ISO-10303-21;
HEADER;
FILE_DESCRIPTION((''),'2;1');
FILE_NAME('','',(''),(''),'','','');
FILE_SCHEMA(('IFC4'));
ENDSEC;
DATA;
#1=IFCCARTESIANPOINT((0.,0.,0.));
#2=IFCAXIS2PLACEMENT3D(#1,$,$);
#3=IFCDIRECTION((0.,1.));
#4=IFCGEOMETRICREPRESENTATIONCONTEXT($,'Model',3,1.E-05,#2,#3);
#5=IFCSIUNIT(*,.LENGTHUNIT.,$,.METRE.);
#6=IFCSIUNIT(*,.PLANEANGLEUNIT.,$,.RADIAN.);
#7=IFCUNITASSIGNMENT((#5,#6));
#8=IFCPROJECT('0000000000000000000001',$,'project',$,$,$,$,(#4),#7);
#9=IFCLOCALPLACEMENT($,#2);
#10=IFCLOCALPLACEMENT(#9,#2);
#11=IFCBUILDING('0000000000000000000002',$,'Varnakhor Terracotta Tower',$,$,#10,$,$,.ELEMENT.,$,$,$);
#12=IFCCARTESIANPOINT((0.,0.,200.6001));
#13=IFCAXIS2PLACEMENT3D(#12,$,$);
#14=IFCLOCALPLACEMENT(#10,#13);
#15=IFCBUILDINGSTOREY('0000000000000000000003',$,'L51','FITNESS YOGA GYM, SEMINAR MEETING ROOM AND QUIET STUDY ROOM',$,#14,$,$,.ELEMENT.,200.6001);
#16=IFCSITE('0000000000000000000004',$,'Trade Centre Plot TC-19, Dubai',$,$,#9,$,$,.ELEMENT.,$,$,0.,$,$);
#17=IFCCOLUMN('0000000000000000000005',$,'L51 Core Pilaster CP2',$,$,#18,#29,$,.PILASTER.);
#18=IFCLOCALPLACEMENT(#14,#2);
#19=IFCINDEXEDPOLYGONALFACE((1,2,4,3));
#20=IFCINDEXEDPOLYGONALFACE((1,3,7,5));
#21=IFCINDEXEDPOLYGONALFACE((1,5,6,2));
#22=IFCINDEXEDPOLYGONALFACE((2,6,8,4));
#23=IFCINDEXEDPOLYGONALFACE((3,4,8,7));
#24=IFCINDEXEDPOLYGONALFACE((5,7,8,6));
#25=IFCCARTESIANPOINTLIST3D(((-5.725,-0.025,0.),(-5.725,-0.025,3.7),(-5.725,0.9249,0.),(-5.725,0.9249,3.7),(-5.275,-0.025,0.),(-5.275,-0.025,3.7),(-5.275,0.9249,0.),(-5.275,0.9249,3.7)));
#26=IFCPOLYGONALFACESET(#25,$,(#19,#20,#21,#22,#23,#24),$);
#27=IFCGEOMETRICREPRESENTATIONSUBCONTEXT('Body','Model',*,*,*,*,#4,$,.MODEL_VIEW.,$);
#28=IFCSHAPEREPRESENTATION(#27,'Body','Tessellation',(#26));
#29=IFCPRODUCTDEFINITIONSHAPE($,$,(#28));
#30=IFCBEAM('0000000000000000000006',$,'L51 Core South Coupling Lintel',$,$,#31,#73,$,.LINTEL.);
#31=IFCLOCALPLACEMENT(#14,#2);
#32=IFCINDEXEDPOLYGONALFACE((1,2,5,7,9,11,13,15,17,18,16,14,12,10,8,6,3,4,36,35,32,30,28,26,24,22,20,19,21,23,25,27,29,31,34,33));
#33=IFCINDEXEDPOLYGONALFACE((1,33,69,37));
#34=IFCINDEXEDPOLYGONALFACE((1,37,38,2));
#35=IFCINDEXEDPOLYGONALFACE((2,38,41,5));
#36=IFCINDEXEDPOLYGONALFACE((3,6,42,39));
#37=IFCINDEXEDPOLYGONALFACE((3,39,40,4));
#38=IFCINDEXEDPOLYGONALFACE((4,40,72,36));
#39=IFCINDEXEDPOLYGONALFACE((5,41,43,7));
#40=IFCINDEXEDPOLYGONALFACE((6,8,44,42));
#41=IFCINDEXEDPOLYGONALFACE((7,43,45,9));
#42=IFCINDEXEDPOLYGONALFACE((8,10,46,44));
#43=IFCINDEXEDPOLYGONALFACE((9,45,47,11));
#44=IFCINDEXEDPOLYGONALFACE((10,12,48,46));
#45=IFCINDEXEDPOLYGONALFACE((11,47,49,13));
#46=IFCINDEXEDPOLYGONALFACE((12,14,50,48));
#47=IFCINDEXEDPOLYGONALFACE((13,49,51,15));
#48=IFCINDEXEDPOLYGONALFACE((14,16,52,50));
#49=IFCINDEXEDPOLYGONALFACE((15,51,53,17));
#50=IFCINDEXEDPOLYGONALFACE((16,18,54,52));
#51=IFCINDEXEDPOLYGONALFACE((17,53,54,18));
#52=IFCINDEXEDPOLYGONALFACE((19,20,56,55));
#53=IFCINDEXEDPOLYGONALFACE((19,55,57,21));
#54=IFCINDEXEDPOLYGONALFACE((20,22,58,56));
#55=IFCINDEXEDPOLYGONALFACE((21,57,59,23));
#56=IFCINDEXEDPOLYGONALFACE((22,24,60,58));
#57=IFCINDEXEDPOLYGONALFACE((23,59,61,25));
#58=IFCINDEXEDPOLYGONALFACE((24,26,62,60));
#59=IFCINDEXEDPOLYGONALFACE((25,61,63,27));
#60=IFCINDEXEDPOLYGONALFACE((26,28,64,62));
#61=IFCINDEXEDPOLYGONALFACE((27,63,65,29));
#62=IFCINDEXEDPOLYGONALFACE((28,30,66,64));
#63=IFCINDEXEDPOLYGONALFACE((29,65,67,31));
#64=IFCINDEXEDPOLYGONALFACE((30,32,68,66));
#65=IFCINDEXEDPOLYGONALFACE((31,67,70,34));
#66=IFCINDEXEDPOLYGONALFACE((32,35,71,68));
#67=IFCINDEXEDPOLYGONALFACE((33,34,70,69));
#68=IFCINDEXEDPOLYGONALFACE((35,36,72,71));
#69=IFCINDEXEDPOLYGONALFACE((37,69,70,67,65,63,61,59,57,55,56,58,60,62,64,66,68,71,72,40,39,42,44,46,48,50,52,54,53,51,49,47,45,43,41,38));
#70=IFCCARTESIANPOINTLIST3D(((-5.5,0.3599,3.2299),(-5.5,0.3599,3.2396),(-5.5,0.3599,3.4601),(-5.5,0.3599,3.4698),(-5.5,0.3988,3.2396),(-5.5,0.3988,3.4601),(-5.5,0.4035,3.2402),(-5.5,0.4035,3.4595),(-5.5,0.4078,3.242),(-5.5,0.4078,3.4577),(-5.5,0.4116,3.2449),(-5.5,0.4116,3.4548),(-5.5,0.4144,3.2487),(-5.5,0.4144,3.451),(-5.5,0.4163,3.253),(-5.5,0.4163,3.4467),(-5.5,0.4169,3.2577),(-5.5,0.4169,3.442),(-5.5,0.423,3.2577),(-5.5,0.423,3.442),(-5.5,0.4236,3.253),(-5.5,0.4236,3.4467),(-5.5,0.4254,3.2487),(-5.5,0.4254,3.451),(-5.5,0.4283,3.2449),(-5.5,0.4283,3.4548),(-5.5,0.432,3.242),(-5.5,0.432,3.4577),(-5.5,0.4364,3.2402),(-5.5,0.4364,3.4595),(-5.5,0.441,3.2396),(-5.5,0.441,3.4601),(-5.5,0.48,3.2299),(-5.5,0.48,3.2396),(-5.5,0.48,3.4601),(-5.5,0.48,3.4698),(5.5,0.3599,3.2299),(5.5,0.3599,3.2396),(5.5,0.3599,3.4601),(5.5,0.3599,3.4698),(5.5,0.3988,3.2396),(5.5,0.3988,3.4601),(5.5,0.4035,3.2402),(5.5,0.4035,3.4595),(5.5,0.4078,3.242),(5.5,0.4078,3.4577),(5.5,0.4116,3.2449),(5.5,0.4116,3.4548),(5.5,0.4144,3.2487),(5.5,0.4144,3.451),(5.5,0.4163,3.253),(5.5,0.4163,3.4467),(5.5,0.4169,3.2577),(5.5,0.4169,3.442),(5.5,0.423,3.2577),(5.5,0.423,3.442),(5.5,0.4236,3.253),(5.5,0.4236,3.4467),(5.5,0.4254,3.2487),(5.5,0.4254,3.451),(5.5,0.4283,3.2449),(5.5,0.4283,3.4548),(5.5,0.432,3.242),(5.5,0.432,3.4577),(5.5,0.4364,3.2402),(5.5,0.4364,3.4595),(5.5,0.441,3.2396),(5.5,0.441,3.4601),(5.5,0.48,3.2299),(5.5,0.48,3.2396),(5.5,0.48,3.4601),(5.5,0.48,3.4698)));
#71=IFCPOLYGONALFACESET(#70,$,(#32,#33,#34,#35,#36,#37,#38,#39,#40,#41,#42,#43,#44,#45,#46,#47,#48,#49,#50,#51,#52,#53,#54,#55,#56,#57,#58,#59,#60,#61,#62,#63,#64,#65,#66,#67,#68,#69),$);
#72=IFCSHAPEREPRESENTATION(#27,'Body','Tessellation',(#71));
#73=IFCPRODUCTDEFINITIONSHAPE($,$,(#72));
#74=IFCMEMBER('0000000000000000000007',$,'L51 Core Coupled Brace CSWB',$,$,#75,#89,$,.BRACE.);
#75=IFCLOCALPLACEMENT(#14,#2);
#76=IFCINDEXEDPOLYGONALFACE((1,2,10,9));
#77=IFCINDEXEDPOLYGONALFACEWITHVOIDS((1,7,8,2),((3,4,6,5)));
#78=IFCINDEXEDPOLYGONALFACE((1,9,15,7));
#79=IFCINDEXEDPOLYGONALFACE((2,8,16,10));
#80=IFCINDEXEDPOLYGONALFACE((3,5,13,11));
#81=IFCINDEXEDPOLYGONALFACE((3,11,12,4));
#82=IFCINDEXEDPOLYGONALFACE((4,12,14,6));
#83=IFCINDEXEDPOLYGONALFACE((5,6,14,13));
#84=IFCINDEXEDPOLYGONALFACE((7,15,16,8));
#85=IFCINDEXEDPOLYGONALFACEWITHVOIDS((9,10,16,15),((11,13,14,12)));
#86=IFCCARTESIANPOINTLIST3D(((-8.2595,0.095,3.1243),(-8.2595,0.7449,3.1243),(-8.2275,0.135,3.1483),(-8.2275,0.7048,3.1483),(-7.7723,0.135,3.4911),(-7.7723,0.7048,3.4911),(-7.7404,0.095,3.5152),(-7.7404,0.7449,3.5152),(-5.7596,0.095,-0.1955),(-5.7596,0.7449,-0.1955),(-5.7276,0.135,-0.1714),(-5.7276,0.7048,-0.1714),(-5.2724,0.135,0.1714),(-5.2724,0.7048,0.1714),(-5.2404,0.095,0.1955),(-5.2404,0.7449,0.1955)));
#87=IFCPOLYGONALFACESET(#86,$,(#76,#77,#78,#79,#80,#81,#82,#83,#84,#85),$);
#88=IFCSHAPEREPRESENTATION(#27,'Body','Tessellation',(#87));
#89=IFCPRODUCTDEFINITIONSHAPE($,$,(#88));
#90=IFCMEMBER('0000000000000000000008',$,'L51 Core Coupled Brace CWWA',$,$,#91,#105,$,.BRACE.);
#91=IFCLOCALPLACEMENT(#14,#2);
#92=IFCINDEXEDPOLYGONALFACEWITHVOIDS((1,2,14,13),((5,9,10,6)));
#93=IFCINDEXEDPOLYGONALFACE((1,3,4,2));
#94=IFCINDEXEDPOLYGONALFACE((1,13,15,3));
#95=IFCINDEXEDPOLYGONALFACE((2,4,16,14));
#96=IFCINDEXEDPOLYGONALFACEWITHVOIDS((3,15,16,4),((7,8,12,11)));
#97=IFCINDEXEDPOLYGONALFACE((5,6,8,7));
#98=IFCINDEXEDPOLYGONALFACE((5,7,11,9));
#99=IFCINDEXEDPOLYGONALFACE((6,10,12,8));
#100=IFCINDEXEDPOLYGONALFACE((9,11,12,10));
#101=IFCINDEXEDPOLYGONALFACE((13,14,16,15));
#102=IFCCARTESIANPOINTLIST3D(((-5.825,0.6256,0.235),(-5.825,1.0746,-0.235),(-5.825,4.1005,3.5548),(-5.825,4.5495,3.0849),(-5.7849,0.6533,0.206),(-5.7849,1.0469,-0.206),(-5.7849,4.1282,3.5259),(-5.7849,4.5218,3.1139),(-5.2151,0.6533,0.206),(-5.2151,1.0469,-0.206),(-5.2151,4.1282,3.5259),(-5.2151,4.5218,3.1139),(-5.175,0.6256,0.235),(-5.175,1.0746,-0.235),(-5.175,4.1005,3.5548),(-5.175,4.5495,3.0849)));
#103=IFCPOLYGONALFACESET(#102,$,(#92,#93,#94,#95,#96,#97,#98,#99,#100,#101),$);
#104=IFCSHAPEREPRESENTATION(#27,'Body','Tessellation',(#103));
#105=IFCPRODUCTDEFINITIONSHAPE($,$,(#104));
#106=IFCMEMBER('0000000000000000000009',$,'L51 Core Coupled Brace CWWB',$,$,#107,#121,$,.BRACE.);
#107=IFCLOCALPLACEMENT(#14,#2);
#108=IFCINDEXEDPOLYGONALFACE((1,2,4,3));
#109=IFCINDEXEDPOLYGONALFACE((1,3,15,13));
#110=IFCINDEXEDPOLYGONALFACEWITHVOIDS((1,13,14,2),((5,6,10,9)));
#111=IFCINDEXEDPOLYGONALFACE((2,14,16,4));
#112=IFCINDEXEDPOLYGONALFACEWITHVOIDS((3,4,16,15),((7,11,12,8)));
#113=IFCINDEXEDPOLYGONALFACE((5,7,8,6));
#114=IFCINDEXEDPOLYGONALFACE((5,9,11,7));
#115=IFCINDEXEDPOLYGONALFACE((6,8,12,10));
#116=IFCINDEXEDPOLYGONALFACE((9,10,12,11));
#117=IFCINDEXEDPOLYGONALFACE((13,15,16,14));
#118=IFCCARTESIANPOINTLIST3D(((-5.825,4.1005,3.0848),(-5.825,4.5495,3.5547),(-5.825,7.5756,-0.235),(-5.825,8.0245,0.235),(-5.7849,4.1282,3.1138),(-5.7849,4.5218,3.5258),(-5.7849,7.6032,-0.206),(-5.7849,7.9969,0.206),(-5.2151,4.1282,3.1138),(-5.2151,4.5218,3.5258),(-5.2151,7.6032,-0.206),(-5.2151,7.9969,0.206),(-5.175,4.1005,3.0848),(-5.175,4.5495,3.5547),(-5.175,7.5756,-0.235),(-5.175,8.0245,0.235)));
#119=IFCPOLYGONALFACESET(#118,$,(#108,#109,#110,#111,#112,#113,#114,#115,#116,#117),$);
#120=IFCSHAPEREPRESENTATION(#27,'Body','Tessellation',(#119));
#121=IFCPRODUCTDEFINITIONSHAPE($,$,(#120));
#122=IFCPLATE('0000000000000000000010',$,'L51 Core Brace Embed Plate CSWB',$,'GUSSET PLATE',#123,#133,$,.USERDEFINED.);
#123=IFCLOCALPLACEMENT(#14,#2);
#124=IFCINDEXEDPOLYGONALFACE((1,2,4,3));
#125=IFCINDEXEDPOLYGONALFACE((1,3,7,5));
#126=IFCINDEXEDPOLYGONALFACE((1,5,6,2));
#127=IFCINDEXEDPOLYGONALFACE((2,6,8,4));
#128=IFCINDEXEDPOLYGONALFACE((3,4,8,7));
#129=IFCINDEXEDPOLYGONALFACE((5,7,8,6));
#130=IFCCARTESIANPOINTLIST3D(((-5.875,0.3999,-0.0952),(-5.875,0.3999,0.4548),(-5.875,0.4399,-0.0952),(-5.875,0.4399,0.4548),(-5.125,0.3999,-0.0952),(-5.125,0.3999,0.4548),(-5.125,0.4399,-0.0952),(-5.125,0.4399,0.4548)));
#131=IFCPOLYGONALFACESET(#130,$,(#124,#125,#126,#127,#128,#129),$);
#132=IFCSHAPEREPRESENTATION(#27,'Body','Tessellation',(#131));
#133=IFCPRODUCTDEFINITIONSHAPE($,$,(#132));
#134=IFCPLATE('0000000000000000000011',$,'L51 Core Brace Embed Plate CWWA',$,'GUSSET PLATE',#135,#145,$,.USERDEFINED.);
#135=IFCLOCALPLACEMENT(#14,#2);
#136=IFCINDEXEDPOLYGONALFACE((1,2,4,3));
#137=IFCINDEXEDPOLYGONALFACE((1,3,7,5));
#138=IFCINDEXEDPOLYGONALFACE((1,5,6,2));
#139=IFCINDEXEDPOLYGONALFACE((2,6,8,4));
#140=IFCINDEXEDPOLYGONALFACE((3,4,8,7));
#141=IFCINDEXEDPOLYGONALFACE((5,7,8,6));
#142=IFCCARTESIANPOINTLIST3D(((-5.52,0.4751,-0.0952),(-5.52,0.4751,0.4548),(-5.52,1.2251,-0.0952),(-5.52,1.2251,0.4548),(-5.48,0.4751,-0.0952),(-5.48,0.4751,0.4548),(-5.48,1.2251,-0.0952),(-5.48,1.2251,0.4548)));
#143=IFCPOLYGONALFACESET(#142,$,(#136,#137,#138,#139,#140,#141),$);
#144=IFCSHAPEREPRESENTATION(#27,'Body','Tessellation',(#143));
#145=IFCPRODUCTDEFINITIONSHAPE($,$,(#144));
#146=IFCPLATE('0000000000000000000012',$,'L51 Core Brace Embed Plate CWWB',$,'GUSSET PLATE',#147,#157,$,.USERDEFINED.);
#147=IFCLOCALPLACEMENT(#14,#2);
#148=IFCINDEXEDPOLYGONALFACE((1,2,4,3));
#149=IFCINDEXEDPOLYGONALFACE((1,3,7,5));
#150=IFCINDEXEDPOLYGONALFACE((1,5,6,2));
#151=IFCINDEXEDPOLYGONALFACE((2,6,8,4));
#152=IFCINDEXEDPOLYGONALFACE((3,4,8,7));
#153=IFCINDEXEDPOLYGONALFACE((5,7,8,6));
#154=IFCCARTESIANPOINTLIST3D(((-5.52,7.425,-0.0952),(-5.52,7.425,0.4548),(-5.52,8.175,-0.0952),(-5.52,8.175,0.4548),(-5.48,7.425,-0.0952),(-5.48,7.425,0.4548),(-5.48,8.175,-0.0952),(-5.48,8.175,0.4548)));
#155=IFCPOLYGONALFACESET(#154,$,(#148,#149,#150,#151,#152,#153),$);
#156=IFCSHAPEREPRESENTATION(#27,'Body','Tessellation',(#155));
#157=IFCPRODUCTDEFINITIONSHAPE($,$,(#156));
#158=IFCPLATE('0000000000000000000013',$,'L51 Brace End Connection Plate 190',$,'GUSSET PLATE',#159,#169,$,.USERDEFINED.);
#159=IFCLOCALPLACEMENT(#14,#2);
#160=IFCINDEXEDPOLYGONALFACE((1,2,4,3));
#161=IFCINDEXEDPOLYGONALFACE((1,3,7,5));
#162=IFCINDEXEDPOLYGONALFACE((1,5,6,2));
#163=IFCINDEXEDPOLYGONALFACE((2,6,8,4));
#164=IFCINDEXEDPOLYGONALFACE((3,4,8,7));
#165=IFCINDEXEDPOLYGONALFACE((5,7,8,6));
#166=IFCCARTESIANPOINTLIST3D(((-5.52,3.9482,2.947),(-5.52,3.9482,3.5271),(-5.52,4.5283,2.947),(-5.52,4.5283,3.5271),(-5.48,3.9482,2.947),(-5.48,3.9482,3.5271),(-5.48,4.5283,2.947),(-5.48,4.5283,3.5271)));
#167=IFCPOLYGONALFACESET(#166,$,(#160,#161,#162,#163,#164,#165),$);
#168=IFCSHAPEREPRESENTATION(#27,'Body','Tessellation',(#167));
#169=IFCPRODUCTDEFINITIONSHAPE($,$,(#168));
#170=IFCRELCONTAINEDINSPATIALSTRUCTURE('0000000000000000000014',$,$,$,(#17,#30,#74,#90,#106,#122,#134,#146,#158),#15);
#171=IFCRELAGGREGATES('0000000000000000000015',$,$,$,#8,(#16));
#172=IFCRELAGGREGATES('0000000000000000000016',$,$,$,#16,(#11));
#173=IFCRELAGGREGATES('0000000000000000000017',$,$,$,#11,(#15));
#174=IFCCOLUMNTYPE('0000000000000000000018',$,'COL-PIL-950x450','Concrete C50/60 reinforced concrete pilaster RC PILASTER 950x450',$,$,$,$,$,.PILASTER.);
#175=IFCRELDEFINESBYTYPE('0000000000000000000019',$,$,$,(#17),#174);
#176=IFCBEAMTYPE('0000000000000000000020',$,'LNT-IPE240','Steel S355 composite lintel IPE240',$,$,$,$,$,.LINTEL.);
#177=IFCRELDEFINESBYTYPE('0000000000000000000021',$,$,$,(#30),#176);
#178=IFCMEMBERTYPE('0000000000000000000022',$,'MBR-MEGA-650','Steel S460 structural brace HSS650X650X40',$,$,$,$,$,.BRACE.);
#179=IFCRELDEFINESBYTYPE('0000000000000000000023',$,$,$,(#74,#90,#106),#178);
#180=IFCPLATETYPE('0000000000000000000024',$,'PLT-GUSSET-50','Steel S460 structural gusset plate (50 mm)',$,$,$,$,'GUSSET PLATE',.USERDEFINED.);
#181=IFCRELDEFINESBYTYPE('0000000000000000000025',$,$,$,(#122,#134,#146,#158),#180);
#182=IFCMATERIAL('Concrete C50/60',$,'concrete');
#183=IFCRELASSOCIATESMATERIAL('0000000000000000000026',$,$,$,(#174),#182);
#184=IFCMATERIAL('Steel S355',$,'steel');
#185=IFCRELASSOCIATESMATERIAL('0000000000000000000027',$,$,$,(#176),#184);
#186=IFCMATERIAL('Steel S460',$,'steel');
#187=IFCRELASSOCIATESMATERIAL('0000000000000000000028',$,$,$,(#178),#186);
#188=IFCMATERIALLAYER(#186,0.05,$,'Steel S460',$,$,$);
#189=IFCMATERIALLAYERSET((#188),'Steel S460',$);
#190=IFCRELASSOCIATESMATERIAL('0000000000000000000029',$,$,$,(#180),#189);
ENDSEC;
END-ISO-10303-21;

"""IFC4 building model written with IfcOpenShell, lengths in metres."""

from ifc_helpers import new_model, si_unit, direction, frame, origin, origin_2d, place, context, subcontext, project, spatial, rectangle, hollow_rectangle, i_section, extrude, source, transform, mapped, material, layer, layer_set, material_profile, profile_set, type_object, type_shapes, element, save


model = new_model("IFC4")

# Units and contexts
model_context = context("Model", 3, precision=1e-05, world=origin(), true_north=direction((0.0, 1.0)))
body_context = subcontext(model_context, "Body", "Model", "MODEL_VIEW")
ifc_project = project(units=[si_unit("LENGTHUNIT", "METRE"), si_unit("PLANEANGLEUNIT", "RADIAN")], contexts=[model_context])

# Site, building, storey
site_placement = place(None, origin())
site = spatial("IfcSite", under=ifc_project, at=site_placement, Name="Trade Centre Plot TC-19, Dubai", CompositionType="ELEMENT", RefElevation=0.0)
building_placement = place(site_placement, origin())
building = spatial("IfcBuilding", under=site, at=building_placement, Name="Varnakhor Terracotta Tower", CompositionType="ELEMENT")
storey_placement = place(building_placement, frame((0.0, 0.0, 200.6001)))
storey = spatial("IfcBuildingStorey", under=building, at=storey_placement, Name="L51", Description="FITNESS YOGA GYM, SEMINAR MEETING ROOM AND QUIET STUDY ROOM", CompositionType="ELEMENT", Elevation=200.6001)

# Column
ifc_material_1 = material(Name="Concrete C50/60", Category="concrete")
ifc_material_profile_1 = material_profile(ifc_material_1, rectangle(XDim=0.45, YDim=0.95, at=origin_2d()), Name="RC PILASTER 950x450")
ifc_profile_set_1 = profile_set([ifc_material_profile_1], Name="Concrete C50/60")
column_type = type_object("IfcColumnType", Name="COL-PIL-950x450", Description="Concrete C50/60 reinforced concrete pilaster RC PILASTER 950x450", PredefinedType="PILASTER", material=ifc_profile_set_1)
shared_shape_1 = source(origin(), body_context, "Body", "SweptSolid", [
    extrude(rectangle(XDim=0.45, YDim=0.95, at=origin_2d()), origin(), (0.0, 0.0, 1.0), 3.7),
])
column_placement = place(storey_placement, frame((-5.5, 0.45, 0.0), z_axis=(0.0, 0.0, 1.0), x_axis=(1.0, 0.0, 0.0)))
element("IfcColumn", 1, at=column_placement, inside=storey, type_object=column_type, Name="L51 Core Pilaster CP2", PredefinedType="PILASTER", context=body_context, shape_type="MappedRepresentation", body=[
    mapped(shared_shape_1, transform((0.0, 0.0, 0.0), scale=1.0)),
])

# Beam
ifc_material_2 = material(Name="Steel S355", Category="steel")
ifc_material_profile_2 = material_profile(ifc_material_2, i_section(OverallWidth=0.1201, OverallDepth=0.24, WebThickness=0.0061, FlangeThickness=0.0098, FilletRadius=0.0181, at=origin_2d()), Name="IPE240")
ifc_profile_set_2 = profile_set([ifc_material_profile_2], Name="Steel S355")
beam_type = type_object("IfcBeamType", Name="LNT-IPE240", Description="Steel S355 composite lintel IPE240", PredefinedType="LINTEL", material=ifc_profile_set_2)
shared_shape_2 = source(origin(), body_context, "Body", "SweptSolid", [
    extrude(i_section(OverallWidth=0.1201, OverallDepth=0.24, WebThickness=0.0061, FlangeThickness=0.0098, FilletRadius=0.0181, at=origin_2d()), origin(), (0.0, 0.0, 1.0), 11.0),
])
type_shapes(beam_type, [shared_shape_2])
beam_placement = place(storey_placement, frame((-5.5, 0.4199, 3.3499), z_axis=(1.0, 0.0, 0.0), x_axis=(0.0, 1.0, 0.0)))
element("IfcBeam", 2, at=beam_placement, inside=storey, type_object=beam_type, Name="L51 Core South Coupling Lintel", PredefinedType="LINTEL", context=body_context, shape_type="MappedRepresentation", body=[
    mapped(shared_shape_2, transform((0.0, 0.0, 0.0), scale=1.0)),
])

# Members
ifc_material_3 = material(Name="Steel S460", Category="steel")
ifc_material_profile_3 = material_profile(ifc_material_3, hollow_rectangle(XDim=0.6499, YDim=0.6499, WallThickness=0.04, at=origin_2d()), Name="HSS650X650X40")
ifc_profile_set_3 = profile_set([ifc_material_profile_3], Name="Steel S460")
member_type = type_object("IfcMemberType", Name="MBR-MEGA-650", Description="Steel S460 structural brace HSS650X650X40", PredefinedType="BRACE", material=ifc_profile_set_3)
shared_shape_3 = source(origin(), body_context, "Body", "SweptSolid", [
    extrude(hollow_rectangle(XDim=0.6499, YDim=0.6499, WallThickness=0.04, at=origin_2d()), origin(), (0.0, 0.0, 1.0), 4.1558),
])
member_placement = place(storey_placement, frame((-5.5, 0.4199, 0.0), z_axis=(-0.601559, 0.0, 0.798828), x_axis=(0.0, -1.0, 0.0)))
element("IfcMember", 3, at=member_placement, inside=storey, type_object=member_type, Name="L51 Core Coupled Brace CSWB", PredefinedType="BRACE", context=body_context, shape_type="MappedRepresentation", body=[
    mapped(shared_shape_3, transform((0.0, 0.0, 0.0), scale=1.0)),
])
shared_shape_4 = source(origin(), body_context, "Body", "SweptSolid", [
    extrude(hollow_rectangle(XDim=0.6499, YDim=0.6499, WallThickness=0.04, at=origin_2d()), origin(), (0.0, 0.0, 1.0), 4.8059),
])
for number, where, z_axis, x_axis, name in (
    (4, (-5.5, 0.8501, 0.0), (0.0, 0.723052, 0.690793), (-1.0, 0.0, 0.0), "L51 Core Coupled Brace CWWA"),
    (5, (-5.5, 7.8, 0.0), (0.0, -0.723076, 0.690768), (1.0, 0.0, 0.0), "L51 Core Coupled Brace CWWB"),
):
    element("IfcMember", number, at=place(storey_placement, frame(where, z_axis=z_axis, x_axis=x_axis)), inside=storey, type_object=member_type, Name=name, PredefinedType="BRACE", context=body_context, shape_type="MappedRepresentation", body=[
        mapped(shared_shape_4, transform((0.0, 0.0, 0.0), scale=1.0)),
    ])

# Plates
ifc_layer_1 = layer(ifc_material_3, 0.05, Name="Steel S460")
ifc_layer_set_1 = layer_set([ifc_layer_1], Name="Steel S460")
plate_type = type_object("IfcPlateType", Name="PLT-GUSSET-50", Description="Steel S460 structural gusset plate (50 mm)", ElementType="GUSSET PLATE", PredefinedType="USERDEFINED", material=ifc_layer_set_1)
shared_shape_5 = source(origin(), body_context, "Body", "SweptSolid", [
    extrude(rectangle(XDim=0.75, YDim=0.04, at=origin_2d()), origin(), (0.0, 0.0, 1.0), 0.55),
])
type_shapes(plate_type, [shared_shape_5])
for number, where, z_axis, x_axis, name in (
    (6, (-5.5, 0.4199, -0.0952), (0.0, 0.0, 1.0), (1.0, 0.0, 0.0), "L51 Core Brace Embed Plate CSWB"),
    (7, (-5.5, 0.8501, -0.0952), (0.0, 0.0, 1.0), (0.0, 1.0, 0.0), "L51 Core Brace Embed Plate CWWA"),
    (8, (-5.5, 7.8, -0.0952), (0.0, 0.0, 1.0), (0.0, 1.0, 0.0), "L51 Core Brace Embed Plate CWWB"),
):
    element("IfcPlate", number, at=place(storey_placement, frame(where, z_axis=z_axis, x_axis=x_axis)), inside=storey, type_object=plate_type, Name=name, ObjectType="GUSSET PLATE", PredefinedType="USERDEFINED", context=body_context, shape_type="MappedRepresentation", body=[
        mapped(shared_shape_5, transform((0.0, 0.0, 0.0), scale=1.0)),
    ])
shared_shape_6 = source(origin(), body_context, "Body", "SweptSolid", [
    extrude(rectangle(XDim=0.5801, YDim=0.04, at=origin_2d()), origin(), (0.0, 0.0, 1.0), 0.5801),
])
plate_placement = place(storey_placement, frame((-5.5, 4.2383, 2.947), z_axis=(0.0, 0.0, 1.0), x_axis=(0.0, 1.0, 0.0)))
element("IfcPlate", 9, at=plate_placement, inside=storey, type_object=plate_type, Name="L51 Brace End Connection Plate 190", ObjectType="GUSSET PLATE", PredefinedType="USERDEFINED", context=body_context, shape_type="MappedRepresentation", body=[
    mapped(shared_shape_6, transform((0.0, 0.0, 0.0), scale=1.0)),
])

save(model, "model.ifc")
